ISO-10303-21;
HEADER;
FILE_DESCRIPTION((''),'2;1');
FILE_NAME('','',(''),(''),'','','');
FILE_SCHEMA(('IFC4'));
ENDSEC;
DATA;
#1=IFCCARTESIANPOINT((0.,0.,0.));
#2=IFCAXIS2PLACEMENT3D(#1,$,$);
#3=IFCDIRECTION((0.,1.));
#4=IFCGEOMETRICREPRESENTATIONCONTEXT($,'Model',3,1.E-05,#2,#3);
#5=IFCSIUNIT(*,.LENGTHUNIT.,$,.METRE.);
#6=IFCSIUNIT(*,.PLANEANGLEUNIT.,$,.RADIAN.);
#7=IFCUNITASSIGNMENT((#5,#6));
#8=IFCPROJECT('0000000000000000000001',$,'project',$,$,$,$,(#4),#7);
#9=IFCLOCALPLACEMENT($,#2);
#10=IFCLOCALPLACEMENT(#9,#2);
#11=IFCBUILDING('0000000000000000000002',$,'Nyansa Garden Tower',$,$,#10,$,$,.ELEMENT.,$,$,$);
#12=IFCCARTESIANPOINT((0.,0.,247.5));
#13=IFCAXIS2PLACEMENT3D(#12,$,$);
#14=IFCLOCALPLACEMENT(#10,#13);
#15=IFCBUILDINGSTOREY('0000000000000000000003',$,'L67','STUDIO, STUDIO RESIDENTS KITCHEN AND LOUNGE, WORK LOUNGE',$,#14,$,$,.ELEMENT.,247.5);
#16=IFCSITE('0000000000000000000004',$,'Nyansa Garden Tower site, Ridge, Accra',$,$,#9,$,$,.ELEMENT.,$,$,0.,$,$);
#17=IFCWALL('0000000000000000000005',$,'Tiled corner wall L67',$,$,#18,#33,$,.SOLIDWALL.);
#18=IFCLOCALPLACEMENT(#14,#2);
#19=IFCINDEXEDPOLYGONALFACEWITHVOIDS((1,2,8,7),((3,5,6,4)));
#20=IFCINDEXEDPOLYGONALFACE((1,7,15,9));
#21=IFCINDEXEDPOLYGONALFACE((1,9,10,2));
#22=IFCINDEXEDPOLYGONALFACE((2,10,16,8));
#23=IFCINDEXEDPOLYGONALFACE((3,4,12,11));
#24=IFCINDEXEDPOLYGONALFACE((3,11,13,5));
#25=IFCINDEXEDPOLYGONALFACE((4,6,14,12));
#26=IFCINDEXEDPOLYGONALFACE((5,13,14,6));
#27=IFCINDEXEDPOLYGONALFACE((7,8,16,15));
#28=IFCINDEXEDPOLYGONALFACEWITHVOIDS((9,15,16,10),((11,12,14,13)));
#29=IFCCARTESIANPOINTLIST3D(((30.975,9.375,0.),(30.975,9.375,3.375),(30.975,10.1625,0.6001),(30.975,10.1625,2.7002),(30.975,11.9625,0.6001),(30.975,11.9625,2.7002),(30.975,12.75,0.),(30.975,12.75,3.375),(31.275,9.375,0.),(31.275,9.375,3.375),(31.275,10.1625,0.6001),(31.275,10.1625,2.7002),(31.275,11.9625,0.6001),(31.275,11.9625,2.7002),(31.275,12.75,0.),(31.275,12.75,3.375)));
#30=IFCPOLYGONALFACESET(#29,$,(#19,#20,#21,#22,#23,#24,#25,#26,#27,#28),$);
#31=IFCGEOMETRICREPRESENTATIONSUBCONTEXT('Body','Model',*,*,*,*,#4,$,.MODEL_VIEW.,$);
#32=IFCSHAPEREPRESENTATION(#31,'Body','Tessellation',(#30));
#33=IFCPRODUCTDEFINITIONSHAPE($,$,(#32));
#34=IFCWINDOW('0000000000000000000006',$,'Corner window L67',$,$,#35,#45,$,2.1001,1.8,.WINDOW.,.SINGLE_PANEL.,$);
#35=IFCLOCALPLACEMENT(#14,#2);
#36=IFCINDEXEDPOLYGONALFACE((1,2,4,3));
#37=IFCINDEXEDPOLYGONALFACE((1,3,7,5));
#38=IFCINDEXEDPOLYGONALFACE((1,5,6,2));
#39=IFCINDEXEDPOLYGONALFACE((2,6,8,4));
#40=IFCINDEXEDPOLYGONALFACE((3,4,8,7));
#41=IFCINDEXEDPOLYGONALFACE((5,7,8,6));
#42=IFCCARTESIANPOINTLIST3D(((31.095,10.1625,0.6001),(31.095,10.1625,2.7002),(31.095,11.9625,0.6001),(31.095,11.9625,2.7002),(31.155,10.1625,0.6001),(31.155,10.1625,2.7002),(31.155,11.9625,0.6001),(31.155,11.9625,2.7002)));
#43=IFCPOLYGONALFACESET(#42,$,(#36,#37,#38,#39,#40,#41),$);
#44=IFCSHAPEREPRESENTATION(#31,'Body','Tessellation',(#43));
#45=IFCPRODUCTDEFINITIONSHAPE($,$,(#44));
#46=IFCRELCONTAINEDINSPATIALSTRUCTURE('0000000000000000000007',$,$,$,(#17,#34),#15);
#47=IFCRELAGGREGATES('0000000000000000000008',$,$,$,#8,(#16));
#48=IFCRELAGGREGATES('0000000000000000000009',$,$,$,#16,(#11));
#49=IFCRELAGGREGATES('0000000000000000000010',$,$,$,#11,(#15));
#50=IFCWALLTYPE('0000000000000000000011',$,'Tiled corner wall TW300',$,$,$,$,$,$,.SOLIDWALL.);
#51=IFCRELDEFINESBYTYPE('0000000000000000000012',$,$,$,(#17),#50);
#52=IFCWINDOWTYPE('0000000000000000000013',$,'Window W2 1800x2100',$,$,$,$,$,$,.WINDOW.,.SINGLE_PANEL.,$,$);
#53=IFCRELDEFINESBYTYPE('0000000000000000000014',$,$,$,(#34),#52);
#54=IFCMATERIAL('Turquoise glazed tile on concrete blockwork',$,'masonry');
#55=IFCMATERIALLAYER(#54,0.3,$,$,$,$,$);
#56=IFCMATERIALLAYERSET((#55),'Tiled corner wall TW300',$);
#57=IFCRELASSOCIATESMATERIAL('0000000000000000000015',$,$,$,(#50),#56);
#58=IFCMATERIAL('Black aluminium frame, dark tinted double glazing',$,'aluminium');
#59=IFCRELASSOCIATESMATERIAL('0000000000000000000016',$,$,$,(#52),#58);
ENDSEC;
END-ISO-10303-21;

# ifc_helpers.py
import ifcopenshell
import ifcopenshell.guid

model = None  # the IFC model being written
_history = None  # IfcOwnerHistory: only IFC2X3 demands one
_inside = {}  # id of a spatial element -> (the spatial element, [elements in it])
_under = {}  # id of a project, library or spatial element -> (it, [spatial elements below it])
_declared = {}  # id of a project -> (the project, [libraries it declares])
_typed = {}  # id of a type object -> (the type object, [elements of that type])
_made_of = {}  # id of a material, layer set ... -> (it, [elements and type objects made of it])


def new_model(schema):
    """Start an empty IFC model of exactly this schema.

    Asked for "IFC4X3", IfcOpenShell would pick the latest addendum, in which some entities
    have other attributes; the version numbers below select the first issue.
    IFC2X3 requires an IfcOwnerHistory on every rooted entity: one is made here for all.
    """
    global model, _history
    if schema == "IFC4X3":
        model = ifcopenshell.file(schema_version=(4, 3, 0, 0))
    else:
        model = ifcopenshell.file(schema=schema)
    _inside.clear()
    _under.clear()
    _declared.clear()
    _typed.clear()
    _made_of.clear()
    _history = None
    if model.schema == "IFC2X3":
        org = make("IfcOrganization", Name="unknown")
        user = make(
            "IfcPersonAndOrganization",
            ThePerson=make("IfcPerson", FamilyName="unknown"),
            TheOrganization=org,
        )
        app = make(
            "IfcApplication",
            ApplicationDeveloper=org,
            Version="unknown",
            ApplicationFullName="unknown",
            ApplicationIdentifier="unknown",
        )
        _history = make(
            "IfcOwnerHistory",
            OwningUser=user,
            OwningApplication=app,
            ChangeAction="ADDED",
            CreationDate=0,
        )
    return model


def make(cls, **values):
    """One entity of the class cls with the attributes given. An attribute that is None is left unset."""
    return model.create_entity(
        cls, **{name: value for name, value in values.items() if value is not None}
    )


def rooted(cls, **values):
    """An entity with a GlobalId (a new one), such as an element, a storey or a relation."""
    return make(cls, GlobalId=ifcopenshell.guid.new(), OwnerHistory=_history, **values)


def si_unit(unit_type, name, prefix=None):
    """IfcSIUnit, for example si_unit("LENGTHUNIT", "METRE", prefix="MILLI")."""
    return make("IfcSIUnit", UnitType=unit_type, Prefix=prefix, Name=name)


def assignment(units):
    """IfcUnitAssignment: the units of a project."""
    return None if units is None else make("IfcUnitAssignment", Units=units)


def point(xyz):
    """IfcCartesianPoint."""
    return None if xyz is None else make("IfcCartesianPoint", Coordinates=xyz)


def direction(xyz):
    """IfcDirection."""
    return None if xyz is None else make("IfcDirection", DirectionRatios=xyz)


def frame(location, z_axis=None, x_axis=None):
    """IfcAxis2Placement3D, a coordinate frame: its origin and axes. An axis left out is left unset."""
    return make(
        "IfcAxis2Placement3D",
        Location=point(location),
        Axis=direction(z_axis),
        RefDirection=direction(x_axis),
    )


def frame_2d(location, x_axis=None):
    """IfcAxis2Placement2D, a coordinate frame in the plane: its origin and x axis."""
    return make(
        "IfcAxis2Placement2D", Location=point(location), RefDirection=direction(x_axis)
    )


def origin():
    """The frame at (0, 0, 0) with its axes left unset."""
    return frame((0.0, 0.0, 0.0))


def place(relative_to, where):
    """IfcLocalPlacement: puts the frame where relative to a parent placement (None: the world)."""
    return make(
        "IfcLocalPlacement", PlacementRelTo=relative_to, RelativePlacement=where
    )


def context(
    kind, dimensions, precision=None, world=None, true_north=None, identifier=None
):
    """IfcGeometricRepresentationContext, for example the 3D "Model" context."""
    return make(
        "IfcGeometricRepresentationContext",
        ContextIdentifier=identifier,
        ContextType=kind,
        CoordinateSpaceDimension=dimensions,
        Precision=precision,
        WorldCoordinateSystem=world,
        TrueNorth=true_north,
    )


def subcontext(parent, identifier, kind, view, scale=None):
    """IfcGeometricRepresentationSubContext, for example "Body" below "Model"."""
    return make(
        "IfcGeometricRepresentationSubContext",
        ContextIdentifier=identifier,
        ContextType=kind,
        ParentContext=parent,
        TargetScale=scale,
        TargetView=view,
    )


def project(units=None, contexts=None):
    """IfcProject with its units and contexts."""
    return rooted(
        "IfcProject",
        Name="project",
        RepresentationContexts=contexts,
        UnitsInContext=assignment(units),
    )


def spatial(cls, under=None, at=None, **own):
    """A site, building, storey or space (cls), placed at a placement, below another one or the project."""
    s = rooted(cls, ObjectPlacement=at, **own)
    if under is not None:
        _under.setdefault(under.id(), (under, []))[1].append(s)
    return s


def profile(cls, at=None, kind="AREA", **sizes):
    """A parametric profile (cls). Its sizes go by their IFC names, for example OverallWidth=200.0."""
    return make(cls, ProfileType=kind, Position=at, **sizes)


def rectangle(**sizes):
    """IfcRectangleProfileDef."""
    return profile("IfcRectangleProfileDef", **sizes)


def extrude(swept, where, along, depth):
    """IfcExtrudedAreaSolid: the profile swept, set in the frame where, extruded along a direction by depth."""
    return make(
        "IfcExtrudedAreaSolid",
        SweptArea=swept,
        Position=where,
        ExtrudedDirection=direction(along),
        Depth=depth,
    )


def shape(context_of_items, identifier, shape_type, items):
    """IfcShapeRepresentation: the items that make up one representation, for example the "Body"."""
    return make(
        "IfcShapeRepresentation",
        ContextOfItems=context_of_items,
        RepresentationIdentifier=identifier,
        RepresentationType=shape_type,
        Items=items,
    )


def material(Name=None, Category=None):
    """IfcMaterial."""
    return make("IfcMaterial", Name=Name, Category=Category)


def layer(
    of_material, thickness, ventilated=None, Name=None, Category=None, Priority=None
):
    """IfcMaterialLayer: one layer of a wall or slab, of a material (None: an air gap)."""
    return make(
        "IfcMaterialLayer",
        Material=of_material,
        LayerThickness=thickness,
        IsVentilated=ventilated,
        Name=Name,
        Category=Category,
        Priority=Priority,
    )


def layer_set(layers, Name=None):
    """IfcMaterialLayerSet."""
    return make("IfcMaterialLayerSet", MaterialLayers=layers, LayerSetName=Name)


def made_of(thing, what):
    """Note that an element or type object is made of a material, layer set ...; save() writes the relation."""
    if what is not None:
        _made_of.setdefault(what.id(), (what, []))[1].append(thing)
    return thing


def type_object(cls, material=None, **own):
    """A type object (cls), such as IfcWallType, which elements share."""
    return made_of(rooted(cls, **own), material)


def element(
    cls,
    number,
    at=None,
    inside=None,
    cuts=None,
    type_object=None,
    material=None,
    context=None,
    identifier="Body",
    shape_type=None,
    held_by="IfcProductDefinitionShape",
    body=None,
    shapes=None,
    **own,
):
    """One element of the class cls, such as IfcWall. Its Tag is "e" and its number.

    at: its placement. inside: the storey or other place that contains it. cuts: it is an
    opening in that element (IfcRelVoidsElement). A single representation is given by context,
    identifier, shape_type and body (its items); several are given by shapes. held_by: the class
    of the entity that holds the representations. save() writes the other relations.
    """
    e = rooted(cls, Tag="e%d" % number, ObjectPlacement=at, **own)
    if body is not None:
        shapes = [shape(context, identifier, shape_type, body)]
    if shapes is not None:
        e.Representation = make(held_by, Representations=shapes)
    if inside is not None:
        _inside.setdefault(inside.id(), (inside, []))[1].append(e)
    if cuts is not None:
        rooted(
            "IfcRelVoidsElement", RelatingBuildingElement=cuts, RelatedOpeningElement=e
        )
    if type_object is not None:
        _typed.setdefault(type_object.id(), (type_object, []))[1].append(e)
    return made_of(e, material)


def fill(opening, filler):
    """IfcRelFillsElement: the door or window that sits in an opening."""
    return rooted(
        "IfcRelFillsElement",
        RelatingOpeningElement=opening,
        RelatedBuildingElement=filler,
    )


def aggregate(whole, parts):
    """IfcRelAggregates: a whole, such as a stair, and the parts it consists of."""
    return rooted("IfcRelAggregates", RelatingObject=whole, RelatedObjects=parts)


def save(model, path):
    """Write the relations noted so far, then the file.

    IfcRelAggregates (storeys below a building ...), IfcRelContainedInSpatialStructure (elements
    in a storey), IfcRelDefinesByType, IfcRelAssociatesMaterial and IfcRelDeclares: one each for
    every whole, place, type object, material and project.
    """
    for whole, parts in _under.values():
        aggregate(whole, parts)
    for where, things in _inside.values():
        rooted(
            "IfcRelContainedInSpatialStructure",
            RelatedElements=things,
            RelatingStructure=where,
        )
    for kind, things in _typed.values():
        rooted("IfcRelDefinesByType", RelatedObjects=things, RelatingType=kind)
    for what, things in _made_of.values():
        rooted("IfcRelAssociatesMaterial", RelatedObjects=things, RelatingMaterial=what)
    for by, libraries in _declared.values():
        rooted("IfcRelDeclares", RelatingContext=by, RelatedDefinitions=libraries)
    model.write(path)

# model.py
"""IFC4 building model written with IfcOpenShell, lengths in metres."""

from ifc_helpers import new_model, si_unit, direction, frame, frame_2d, origin, place, context, subcontext, project, spatial, rectangle, extrude, material, layer, layer_set, type_object, element, fill, save


model = new_model("IFC4")

# Units and contexts
model_context = context("Model", 3, precision=1e-05, world=origin(), true_north=direction((0.0, 1.0)))
body_context = subcontext(model_context, "Body", "Model", "MODEL_VIEW")
ifc_project = project(units=[si_unit("LENGTHUNIT", "METRE"), si_unit("PLANEANGLEUNIT", "RADIAN")], contexts=[model_context])

# Site, building, storey
site_placement = place(None, origin())
site = spatial("IfcSite", under=ifc_project, at=site_placement, Name="Nyansa Garden Tower site, Ridge, Accra", CompositionType="ELEMENT", RefElevation=0.0)
building_placement = place(site_placement, origin())
building = spatial("IfcBuilding", under=site, at=building_placement, Name="Nyansa Garden Tower", CompositionType="ELEMENT")
storey_placement = place(building_placement, frame((0.0, 0.0, 247.5)))
storey = spatial("IfcBuildingStorey", under=building, at=storey_placement, Name="L67", Description="STUDIO, STUDIO RESIDENTS KITCHEN AND LOUNGE, WORK LOUNGE", CompositionType="ELEMENT", Elevation=247.5)

# Wall, opening, window
ifc_material_1 = material(Name="Turquoise glazed tile on concrete blockwork", Category="masonry")
ifc_layer_1 = layer(ifc_material_1, 0.3)
ifc_layer_set_1 = layer_set([ifc_layer_1], Name="Tiled corner wall TW300")
wall_type_1 = type_object("IfcWallType", Name="Tiled corner wall TW300", PredefinedType="SOLIDWALL", material=ifc_layer_set_1)
ifc_material_2 = material(Name="Black aluminium frame, dark tinted double glazing", Category="aluminium")
window_type = type_object("IfcWindowType", Name="Window W2 1800x2100", PartitioningType="SINGLE_PANEL", PredefinedType="WINDOW", material=ifc_material_2)
wall_1_placement = place(storey_placement, frame((31.125, 9.375, 0.0), z_axis=(0.0, 0.0, 1.0), x_axis=(0.0, 1.0, 0.0)))
wall_1 = element("IfcWall", 1, at=wall_1_placement, inside=storey, type_object=wall_type_1, Name="Tiled corner wall L67", PredefinedType="SOLIDWALL", context=body_context, shape_type="SweptSolid", body=[
    extrude(rectangle(XDim=3.375, YDim=0.3, at=frame_2d((1.6875, 0.0))), origin(), (0.0, 0.0, 1.0), 3.375),
])
opening_1_placement = place(wall_1_placement, frame((0.7876, 0.0, 0.6001)))
opening_1 = element("IfcOpeningElement", 2, at=opening_1_placement, cuts=wall_1, PredefinedType="OPENING", context=body_context, shape_type="SweptSolid", body=[
    extrude(rectangle(XDim=1.8, YDim=2.1001, at=frame_2d((0.8999, 1.05))), frame((0.0, 0.1599, 0.0), z_axis=(0.0, -1.0, 0.0), x_axis=(1.0, 0.0, 0.0)), (0.0, 0.0, 1.0), 0.3201),
])
window_1_placement = place(opening_1_placement, origin())
window_1 = element("IfcWindow", 3, at=window_1_placement, inside=storey, type_object=window_type, Name="Corner window L67", OverallHeight=2.1001, OverallWidth=1.8, PartitioningType="SINGLE_PANEL", PredefinedType="WINDOW", context=body_context, shape_type="SweptSolid", body=[
    extrude(rectangle(XDim=1.8, YDim=2.1001, at=frame_2d((0.8999, 1.05))), frame((0.0, 0.03, 0.0), z_axis=(0.0, -1.0, 0.0), x_axis=(1.0, 0.0, 0.0)), (0.0, 0.0, 1.0), 0.0601),
])
fill(opening_1, window_1)

save(model, "model.ifc")
